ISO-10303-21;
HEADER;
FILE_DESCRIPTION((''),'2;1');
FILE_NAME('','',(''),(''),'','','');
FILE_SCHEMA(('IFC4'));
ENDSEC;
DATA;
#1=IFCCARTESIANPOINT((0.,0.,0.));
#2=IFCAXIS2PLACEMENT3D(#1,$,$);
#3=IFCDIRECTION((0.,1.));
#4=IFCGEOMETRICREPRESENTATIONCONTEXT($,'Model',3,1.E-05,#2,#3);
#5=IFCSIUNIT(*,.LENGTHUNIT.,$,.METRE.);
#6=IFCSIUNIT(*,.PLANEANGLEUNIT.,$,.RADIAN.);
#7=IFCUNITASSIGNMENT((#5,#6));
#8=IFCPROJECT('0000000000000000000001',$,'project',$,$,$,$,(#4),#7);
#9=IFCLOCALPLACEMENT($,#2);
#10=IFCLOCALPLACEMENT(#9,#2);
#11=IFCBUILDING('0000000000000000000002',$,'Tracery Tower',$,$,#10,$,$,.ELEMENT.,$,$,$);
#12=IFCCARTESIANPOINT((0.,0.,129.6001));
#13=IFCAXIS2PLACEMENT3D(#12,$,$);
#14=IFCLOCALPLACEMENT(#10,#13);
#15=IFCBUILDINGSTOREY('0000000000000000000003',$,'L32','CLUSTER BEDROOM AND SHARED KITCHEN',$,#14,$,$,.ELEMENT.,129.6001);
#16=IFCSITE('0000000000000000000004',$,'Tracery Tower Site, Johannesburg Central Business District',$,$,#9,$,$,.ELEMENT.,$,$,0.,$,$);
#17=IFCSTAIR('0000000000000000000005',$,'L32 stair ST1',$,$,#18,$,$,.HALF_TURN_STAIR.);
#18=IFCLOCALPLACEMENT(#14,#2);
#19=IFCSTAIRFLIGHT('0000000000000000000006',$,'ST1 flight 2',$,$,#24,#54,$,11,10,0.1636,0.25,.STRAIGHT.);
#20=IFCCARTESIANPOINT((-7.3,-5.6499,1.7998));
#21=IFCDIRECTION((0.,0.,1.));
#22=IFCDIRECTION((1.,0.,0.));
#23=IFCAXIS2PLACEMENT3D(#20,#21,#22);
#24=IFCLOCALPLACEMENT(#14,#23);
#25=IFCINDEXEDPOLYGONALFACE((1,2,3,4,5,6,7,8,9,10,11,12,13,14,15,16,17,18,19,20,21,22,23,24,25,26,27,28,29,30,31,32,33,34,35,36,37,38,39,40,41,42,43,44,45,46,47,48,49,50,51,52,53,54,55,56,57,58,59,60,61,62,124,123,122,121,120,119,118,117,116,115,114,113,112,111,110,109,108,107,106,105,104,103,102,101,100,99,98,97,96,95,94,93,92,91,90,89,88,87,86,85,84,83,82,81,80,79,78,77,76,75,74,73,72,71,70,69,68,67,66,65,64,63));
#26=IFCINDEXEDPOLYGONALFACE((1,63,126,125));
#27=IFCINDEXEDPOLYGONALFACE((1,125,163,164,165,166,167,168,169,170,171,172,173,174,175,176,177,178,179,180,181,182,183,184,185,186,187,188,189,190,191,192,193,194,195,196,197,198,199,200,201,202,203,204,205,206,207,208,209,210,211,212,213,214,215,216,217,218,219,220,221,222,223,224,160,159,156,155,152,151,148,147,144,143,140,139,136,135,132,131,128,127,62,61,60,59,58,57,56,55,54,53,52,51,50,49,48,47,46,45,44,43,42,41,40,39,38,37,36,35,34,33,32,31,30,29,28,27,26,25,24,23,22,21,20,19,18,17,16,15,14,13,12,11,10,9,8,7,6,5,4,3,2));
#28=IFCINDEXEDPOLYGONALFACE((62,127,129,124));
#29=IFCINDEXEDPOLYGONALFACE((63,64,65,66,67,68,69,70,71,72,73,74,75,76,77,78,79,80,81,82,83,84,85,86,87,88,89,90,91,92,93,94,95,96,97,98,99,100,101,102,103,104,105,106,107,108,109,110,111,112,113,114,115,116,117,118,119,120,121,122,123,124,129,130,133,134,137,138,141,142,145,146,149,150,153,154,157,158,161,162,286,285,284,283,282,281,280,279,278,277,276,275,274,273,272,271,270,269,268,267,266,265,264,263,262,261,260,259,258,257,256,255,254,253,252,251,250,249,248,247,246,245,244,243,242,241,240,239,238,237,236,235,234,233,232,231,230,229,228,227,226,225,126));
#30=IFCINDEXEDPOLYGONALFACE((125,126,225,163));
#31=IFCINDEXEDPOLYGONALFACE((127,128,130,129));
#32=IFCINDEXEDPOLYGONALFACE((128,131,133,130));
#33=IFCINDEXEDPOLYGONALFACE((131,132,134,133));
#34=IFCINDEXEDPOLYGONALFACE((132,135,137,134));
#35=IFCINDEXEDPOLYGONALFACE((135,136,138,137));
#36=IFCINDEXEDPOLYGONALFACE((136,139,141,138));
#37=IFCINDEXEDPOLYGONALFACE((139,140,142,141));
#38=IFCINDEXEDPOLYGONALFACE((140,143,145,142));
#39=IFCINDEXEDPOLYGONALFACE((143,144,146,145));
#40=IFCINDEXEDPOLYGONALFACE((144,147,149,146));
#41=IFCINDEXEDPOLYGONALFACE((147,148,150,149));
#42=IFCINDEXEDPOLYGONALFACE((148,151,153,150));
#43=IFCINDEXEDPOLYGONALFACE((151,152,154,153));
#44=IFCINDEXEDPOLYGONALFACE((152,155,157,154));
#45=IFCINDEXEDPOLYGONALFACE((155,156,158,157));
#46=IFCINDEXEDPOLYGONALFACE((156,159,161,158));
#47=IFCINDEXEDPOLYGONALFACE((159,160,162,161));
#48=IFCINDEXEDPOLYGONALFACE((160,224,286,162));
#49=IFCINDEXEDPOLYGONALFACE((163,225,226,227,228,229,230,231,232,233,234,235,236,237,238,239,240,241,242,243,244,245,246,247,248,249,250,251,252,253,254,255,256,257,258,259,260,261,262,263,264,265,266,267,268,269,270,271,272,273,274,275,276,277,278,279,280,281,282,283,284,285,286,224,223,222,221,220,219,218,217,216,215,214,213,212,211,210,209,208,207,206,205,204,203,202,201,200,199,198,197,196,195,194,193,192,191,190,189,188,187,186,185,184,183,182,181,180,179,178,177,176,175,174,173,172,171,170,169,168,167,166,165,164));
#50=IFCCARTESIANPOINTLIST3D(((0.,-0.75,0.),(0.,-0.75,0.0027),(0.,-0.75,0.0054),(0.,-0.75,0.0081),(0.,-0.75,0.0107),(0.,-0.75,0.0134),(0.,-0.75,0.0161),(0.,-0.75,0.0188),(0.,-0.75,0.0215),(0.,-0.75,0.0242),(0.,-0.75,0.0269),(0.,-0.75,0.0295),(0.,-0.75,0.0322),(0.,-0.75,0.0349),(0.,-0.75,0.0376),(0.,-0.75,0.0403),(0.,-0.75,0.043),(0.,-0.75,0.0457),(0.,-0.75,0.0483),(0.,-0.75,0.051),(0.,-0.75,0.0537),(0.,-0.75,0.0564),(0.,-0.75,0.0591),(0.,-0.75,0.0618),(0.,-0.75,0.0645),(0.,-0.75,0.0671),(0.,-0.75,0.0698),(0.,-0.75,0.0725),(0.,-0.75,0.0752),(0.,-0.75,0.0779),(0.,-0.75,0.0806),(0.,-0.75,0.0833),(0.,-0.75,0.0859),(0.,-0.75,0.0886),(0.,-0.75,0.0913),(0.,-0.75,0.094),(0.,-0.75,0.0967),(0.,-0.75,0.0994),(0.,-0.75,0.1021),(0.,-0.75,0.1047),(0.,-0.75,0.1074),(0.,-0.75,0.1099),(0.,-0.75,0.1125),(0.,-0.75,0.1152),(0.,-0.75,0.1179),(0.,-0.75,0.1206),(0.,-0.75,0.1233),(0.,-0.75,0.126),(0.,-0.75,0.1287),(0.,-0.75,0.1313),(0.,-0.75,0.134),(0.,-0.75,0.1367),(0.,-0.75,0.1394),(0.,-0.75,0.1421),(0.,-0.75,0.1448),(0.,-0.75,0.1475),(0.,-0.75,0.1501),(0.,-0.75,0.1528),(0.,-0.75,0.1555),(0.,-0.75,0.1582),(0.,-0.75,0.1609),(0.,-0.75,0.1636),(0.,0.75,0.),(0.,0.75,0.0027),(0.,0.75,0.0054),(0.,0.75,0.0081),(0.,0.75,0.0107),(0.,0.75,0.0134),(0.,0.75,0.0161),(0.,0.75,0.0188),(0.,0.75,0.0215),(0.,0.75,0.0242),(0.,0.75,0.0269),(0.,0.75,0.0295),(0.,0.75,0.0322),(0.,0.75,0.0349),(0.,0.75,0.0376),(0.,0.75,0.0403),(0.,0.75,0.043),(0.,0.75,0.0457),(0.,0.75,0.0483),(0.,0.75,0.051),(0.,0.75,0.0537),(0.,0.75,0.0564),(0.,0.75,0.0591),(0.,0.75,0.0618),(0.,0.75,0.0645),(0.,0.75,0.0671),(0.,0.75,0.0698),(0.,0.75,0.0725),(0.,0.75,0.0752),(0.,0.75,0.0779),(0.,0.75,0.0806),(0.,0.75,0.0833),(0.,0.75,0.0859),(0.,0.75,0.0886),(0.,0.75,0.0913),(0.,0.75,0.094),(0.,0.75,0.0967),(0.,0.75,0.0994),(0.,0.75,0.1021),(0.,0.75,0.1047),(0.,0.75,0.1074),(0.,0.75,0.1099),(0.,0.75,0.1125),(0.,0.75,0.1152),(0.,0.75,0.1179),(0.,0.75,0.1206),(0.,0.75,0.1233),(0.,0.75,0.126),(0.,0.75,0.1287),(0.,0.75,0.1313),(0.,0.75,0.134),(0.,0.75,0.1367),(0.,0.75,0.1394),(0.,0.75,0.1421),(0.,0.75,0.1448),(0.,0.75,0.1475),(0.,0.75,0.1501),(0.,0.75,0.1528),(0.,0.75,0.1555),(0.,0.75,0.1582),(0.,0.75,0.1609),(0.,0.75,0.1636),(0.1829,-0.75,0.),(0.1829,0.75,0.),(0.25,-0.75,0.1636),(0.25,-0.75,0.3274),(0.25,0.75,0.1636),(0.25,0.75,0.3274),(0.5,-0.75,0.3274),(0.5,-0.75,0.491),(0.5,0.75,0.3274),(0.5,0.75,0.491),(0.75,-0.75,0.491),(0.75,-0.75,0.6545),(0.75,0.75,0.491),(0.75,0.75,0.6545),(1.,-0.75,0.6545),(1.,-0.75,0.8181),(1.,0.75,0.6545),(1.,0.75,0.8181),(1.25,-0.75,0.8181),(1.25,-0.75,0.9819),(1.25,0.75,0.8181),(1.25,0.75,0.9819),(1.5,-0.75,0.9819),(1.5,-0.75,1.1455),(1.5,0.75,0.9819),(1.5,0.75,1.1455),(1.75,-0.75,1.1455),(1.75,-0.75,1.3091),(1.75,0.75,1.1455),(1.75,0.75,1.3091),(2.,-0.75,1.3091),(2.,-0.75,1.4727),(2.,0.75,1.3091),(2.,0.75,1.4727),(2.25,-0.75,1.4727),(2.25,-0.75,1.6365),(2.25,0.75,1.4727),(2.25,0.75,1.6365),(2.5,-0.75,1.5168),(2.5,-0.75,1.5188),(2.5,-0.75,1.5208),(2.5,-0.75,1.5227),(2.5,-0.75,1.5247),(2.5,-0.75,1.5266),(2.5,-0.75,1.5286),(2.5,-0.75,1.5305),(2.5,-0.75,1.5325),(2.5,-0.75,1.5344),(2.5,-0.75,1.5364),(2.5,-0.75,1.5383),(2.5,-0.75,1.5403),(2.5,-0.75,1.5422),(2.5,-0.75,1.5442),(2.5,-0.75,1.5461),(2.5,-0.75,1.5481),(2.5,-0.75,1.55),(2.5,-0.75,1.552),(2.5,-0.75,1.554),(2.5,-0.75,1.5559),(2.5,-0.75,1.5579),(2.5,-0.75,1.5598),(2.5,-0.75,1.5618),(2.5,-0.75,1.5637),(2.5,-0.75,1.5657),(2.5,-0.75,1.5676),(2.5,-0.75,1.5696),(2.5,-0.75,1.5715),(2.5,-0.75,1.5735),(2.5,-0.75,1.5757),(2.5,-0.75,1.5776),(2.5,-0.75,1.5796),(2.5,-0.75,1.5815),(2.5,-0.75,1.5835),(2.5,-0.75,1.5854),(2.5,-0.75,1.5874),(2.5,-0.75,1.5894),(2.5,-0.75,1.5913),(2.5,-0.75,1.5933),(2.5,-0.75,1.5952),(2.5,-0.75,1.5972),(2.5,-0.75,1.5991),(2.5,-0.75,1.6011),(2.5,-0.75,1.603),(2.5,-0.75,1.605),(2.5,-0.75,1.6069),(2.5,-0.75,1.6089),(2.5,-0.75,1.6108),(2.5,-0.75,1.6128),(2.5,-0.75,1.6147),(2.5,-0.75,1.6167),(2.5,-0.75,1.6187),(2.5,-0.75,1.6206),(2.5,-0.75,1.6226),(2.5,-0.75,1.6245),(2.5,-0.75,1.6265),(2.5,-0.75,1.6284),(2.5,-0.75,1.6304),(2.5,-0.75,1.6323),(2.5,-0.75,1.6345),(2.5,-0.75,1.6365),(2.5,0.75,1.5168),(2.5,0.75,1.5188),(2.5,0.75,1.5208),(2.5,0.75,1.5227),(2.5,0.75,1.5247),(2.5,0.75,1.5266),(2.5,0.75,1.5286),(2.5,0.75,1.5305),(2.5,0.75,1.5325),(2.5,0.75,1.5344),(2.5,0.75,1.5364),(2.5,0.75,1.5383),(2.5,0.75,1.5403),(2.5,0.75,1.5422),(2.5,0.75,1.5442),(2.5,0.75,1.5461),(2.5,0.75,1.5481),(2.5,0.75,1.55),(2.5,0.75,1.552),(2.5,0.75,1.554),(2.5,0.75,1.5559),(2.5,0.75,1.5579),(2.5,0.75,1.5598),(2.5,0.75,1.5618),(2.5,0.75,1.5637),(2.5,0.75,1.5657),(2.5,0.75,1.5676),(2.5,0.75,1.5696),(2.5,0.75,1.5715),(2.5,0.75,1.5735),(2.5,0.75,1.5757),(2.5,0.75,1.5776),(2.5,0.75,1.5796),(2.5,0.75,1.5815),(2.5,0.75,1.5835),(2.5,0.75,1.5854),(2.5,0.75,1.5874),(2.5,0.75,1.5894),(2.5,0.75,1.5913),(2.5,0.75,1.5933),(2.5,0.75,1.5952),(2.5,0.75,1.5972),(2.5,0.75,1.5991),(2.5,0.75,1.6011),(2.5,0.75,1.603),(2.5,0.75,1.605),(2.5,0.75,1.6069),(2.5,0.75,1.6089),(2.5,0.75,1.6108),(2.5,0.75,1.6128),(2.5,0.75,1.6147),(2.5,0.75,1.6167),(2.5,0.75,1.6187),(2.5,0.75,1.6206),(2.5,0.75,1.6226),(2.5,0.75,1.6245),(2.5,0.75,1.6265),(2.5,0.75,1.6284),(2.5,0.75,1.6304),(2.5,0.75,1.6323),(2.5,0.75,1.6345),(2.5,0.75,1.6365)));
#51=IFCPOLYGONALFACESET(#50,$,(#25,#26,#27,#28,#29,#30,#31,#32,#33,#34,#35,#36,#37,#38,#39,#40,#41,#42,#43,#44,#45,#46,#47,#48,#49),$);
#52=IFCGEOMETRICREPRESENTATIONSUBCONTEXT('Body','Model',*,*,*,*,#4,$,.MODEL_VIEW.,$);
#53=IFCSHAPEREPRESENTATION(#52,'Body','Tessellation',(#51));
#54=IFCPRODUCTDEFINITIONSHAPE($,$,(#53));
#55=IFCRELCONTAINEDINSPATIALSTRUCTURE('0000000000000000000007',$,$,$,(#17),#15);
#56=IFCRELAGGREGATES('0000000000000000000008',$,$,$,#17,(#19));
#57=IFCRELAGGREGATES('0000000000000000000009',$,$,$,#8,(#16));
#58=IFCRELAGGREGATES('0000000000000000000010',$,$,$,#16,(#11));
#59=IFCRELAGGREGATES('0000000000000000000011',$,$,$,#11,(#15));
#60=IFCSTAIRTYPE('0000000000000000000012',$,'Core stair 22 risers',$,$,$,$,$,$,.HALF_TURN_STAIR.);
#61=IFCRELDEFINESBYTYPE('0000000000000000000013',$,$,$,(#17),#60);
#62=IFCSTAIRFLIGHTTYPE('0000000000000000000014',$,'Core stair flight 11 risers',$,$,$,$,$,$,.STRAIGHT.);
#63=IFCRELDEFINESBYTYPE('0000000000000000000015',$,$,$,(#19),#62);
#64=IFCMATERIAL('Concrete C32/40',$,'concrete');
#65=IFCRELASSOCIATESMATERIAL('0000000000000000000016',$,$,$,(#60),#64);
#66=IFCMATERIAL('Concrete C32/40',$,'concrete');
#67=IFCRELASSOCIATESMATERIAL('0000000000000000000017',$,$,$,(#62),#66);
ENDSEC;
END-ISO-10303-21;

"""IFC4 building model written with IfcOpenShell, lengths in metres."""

from ifc_helpers import new_model, si_unit, direction, frame, origin, place, context, subcontext, project, spatial, polyline, outline, extrude, material, type_object, element, aggregate, save


model = new_model("IFC4")

# Units and contexts
model_context = context("Model", 3, precision=1e-05, world=origin(), true_north=direction((0.0, 1.0)))
body_context = subcontext(model_context, "Body", "Model", "MODEL_VIEW")
ifc_project = project(units=[si_unit("LENGTHUNIT", "METRE"), si_unit("PLANEANGLEUNIT", "RADIAN")], contexts=[model_context])

# Site, building, storey
site_placement = place(None, origin())
site = spatial("IfcSite", under=ifc_project, at=site_placement, Name="Tracery Tower Site, Johannesburg Central Business District", CompositionType="ELEMENT", RefElevation=0.0)
building_placement = place(site_placement, origin())
building = spatial("IfcBuilding", under=site, at=building_placement, Name="Tracery Tower", CompositionType="ELEMENT")
storey_placement = place(building_placement, frame((0.0, 0.0, 129.6001)))
storey = spatial("IfcBuildingStorey", under=building, at=storey_placement, Name="L32", Description="CLUSTER BEDROOM AND SHARED KITCHEN", CompositionType="ELEMENT", Elevation=129.6001)

# Stair, stair flight
ifc_material_1 = material(Name="Concrete C32/40", Category="concrete")
stair_type = type_object("IfcStairType", Name="Core stair 22 risers", PredefinedType="HALF_TURN_STAIR", material=ifc_material_1)
stair_placement = place(storey_placement, origin())
stair = element("IfcStair", 1, at=stair_placement, inside=storey, type_object=stair_type, Name="L32 stair ST1", PredefinedType="HALF_TURN_STAIR")
ifc_material_2 = material(Name="Concrete C32/40", Category="concrete")
stair_flight_type = type_object("IfcStairFlightType", Name="Core stair flight 11 risers", PredefinedType="STRAIGHT", material=ifc_material_2)
stair_flight_1_placement = place(storey_placement, frame((-7.3, -5.6499, 1.7998), z_axis=(0.0, 0.0, 1.0), x_axis=(1.0, 0.0, 0.0)))
stair_flight_1 = element("IfcStairFlight", 2, at=stair_flight_1_placement, type_object=stair_flight_type, Name="ST1 flight 2", NumberOfRisers=11, NumberOfTreads=10, PredefinedType="STRAIGHT", RiserHeight=0.1636, TreadLength=0.25, context=body_context, shape_type="SweptSolid", body=[
    extrude(outline(polyline([(0.0, 0.0), (0.0, 0.0027), (0.0, 0.0054), (0.0, 0.0081), (0.0, 0.0107), (0.0, 0.0134), (0.0, 0.0161), (0.0, 0.0188), (0.0, 0.0215), (0.0, 0.0242), (0.0, 0.0269), (0.0, 0.0295), (0.0, 0.0322), (0.0, 0.0349), (0.0, 0.0376), (0.0, 0.0403), (0.0, 0.043), (0.0, 0.0457), (0.0, 0.0483), (0.0, 0.051), (0.0, 0.0537), (0.0, 0.0564), (0.0, 0.0591), (0.0, 0.0618), (0.0, 0.0645), (0.0, 0.0671), (0.0, 0.0698), (0.0, 0.0725), (0.0, 0.0752), (0.0, 0.0779), (0.0, 0.0806), (0.0, 0.0833), (0.0, 0.0859), (0.0, 0.0886), (0.0, 0.0913), (0.0, 0.094), (0.0, 0.0967), (0.0, 0.0994), (0.0, 0.1021), (0.0, 0.1047), (0.0, 0.1074), (0.0, 0.1099), (0.0, 0.1125), (0.0, 0.1152), (0.0, 0.1179), (0.0, 0.1206), (0.0, 0.1233), (0.0, 0.126), (0.0, 0.1287), (0.0, 0.1313), (0.0, 0.134), (0.0, 0.1367), (0.0, 0.1394), (0.0, 0.1421), (0.0, 0.1448), (0.0, 0.1475), (0.0, 0.1501), (0.0, 0.1528), (0.0, 0.1555), (0.0, 0.1582), (0.0, 0.1609), (0.0, 0.1636), (0.25, 0.1636), (0.25, 0.3274), (0.5, 0.3274), (0.5, 0.491), (0.75, 0.491), (0.75, 0.6545), (1.0, 0.6545), (1.0, 0.8181), (1.25, 0.8181), (1.25, 0.9819), (1.5, 0.9819), (1.5, 1.1455), (1.75, 1.1455), (1.75, 1.3091), (2.0, 1.3091), (2.0, 1.4727), (2.25, 1.4727), (2.25, 1.6365), (2.5, 1.6365), (2.5, 1.6345), (2.5, 1.6323), (2.5, 1.6304), (2.5, 1.6284), (2.5, 1.6265), (2.5, 1.6245), (2.5, 1.6226), (2.5, 1.6206), (2.5, 1.6187), (2.5, 1.6167), (2.5, 1.6147), (2.5, 1.6128), (2.5, 1.6108), (2.5, 1.6089), (2.5, 1.6069), (2.5, 1.605), (2.5, 1.603), (2.5, 1.6011), (2.5, 1.5991), (2.5, 1.5972), (2.5, 1.5952), (2.5, 1.5933), (2.5, 1.5913), (2.5, 1.5894), (2.5, 1.5874), (2.5, 1.5854), (2.5, 1.5835), (2.5, 1.5815), (2.5, 1.5796), (2.5, 1.5776), (2.5, 1.5757), (2.5, 1.5735), (2.5, 1.5715), (2.5, 1.5696), (2.5, 1.5676), (2.5, 1.5657), (2.5, 1.5637), (2.5, 1.5618), (2.5, 1.5598), (2.5, 1.5579), (2.5, 1.5559), (2.5, 1.554), (2.5, 1.552), (2.5, 1.55), (2.5, 1.5481), (2.5, 1.5461), (2.5, 1.5442), (2.5, 1.5422), (2.5, 1.5403), (2.5, 1.5383), (2.5, 1.5364), (2.5, 1.5344), (2.5, 1.5325), (2.5, 1.5305), (2.5, 1.5286), (2.5, 1.5266), (2.5, 1.5247), (2.5, 1.5227), (2.5, 1.5208), (2.5, 1.5188), (2.5, 1.5168), (0.1829, 0.0), (0.0, 0.0)])), frame((0.0, 0.75, 0.0), z_axis=(0.0, -1.0, 0.0), x_axis=(1.0, 0.0, 0.0)), (0.0, 0.0, 1.0), 1.5),
])
aggregate(stair, [stair_flight_1])

save(model, "model.ifc")
